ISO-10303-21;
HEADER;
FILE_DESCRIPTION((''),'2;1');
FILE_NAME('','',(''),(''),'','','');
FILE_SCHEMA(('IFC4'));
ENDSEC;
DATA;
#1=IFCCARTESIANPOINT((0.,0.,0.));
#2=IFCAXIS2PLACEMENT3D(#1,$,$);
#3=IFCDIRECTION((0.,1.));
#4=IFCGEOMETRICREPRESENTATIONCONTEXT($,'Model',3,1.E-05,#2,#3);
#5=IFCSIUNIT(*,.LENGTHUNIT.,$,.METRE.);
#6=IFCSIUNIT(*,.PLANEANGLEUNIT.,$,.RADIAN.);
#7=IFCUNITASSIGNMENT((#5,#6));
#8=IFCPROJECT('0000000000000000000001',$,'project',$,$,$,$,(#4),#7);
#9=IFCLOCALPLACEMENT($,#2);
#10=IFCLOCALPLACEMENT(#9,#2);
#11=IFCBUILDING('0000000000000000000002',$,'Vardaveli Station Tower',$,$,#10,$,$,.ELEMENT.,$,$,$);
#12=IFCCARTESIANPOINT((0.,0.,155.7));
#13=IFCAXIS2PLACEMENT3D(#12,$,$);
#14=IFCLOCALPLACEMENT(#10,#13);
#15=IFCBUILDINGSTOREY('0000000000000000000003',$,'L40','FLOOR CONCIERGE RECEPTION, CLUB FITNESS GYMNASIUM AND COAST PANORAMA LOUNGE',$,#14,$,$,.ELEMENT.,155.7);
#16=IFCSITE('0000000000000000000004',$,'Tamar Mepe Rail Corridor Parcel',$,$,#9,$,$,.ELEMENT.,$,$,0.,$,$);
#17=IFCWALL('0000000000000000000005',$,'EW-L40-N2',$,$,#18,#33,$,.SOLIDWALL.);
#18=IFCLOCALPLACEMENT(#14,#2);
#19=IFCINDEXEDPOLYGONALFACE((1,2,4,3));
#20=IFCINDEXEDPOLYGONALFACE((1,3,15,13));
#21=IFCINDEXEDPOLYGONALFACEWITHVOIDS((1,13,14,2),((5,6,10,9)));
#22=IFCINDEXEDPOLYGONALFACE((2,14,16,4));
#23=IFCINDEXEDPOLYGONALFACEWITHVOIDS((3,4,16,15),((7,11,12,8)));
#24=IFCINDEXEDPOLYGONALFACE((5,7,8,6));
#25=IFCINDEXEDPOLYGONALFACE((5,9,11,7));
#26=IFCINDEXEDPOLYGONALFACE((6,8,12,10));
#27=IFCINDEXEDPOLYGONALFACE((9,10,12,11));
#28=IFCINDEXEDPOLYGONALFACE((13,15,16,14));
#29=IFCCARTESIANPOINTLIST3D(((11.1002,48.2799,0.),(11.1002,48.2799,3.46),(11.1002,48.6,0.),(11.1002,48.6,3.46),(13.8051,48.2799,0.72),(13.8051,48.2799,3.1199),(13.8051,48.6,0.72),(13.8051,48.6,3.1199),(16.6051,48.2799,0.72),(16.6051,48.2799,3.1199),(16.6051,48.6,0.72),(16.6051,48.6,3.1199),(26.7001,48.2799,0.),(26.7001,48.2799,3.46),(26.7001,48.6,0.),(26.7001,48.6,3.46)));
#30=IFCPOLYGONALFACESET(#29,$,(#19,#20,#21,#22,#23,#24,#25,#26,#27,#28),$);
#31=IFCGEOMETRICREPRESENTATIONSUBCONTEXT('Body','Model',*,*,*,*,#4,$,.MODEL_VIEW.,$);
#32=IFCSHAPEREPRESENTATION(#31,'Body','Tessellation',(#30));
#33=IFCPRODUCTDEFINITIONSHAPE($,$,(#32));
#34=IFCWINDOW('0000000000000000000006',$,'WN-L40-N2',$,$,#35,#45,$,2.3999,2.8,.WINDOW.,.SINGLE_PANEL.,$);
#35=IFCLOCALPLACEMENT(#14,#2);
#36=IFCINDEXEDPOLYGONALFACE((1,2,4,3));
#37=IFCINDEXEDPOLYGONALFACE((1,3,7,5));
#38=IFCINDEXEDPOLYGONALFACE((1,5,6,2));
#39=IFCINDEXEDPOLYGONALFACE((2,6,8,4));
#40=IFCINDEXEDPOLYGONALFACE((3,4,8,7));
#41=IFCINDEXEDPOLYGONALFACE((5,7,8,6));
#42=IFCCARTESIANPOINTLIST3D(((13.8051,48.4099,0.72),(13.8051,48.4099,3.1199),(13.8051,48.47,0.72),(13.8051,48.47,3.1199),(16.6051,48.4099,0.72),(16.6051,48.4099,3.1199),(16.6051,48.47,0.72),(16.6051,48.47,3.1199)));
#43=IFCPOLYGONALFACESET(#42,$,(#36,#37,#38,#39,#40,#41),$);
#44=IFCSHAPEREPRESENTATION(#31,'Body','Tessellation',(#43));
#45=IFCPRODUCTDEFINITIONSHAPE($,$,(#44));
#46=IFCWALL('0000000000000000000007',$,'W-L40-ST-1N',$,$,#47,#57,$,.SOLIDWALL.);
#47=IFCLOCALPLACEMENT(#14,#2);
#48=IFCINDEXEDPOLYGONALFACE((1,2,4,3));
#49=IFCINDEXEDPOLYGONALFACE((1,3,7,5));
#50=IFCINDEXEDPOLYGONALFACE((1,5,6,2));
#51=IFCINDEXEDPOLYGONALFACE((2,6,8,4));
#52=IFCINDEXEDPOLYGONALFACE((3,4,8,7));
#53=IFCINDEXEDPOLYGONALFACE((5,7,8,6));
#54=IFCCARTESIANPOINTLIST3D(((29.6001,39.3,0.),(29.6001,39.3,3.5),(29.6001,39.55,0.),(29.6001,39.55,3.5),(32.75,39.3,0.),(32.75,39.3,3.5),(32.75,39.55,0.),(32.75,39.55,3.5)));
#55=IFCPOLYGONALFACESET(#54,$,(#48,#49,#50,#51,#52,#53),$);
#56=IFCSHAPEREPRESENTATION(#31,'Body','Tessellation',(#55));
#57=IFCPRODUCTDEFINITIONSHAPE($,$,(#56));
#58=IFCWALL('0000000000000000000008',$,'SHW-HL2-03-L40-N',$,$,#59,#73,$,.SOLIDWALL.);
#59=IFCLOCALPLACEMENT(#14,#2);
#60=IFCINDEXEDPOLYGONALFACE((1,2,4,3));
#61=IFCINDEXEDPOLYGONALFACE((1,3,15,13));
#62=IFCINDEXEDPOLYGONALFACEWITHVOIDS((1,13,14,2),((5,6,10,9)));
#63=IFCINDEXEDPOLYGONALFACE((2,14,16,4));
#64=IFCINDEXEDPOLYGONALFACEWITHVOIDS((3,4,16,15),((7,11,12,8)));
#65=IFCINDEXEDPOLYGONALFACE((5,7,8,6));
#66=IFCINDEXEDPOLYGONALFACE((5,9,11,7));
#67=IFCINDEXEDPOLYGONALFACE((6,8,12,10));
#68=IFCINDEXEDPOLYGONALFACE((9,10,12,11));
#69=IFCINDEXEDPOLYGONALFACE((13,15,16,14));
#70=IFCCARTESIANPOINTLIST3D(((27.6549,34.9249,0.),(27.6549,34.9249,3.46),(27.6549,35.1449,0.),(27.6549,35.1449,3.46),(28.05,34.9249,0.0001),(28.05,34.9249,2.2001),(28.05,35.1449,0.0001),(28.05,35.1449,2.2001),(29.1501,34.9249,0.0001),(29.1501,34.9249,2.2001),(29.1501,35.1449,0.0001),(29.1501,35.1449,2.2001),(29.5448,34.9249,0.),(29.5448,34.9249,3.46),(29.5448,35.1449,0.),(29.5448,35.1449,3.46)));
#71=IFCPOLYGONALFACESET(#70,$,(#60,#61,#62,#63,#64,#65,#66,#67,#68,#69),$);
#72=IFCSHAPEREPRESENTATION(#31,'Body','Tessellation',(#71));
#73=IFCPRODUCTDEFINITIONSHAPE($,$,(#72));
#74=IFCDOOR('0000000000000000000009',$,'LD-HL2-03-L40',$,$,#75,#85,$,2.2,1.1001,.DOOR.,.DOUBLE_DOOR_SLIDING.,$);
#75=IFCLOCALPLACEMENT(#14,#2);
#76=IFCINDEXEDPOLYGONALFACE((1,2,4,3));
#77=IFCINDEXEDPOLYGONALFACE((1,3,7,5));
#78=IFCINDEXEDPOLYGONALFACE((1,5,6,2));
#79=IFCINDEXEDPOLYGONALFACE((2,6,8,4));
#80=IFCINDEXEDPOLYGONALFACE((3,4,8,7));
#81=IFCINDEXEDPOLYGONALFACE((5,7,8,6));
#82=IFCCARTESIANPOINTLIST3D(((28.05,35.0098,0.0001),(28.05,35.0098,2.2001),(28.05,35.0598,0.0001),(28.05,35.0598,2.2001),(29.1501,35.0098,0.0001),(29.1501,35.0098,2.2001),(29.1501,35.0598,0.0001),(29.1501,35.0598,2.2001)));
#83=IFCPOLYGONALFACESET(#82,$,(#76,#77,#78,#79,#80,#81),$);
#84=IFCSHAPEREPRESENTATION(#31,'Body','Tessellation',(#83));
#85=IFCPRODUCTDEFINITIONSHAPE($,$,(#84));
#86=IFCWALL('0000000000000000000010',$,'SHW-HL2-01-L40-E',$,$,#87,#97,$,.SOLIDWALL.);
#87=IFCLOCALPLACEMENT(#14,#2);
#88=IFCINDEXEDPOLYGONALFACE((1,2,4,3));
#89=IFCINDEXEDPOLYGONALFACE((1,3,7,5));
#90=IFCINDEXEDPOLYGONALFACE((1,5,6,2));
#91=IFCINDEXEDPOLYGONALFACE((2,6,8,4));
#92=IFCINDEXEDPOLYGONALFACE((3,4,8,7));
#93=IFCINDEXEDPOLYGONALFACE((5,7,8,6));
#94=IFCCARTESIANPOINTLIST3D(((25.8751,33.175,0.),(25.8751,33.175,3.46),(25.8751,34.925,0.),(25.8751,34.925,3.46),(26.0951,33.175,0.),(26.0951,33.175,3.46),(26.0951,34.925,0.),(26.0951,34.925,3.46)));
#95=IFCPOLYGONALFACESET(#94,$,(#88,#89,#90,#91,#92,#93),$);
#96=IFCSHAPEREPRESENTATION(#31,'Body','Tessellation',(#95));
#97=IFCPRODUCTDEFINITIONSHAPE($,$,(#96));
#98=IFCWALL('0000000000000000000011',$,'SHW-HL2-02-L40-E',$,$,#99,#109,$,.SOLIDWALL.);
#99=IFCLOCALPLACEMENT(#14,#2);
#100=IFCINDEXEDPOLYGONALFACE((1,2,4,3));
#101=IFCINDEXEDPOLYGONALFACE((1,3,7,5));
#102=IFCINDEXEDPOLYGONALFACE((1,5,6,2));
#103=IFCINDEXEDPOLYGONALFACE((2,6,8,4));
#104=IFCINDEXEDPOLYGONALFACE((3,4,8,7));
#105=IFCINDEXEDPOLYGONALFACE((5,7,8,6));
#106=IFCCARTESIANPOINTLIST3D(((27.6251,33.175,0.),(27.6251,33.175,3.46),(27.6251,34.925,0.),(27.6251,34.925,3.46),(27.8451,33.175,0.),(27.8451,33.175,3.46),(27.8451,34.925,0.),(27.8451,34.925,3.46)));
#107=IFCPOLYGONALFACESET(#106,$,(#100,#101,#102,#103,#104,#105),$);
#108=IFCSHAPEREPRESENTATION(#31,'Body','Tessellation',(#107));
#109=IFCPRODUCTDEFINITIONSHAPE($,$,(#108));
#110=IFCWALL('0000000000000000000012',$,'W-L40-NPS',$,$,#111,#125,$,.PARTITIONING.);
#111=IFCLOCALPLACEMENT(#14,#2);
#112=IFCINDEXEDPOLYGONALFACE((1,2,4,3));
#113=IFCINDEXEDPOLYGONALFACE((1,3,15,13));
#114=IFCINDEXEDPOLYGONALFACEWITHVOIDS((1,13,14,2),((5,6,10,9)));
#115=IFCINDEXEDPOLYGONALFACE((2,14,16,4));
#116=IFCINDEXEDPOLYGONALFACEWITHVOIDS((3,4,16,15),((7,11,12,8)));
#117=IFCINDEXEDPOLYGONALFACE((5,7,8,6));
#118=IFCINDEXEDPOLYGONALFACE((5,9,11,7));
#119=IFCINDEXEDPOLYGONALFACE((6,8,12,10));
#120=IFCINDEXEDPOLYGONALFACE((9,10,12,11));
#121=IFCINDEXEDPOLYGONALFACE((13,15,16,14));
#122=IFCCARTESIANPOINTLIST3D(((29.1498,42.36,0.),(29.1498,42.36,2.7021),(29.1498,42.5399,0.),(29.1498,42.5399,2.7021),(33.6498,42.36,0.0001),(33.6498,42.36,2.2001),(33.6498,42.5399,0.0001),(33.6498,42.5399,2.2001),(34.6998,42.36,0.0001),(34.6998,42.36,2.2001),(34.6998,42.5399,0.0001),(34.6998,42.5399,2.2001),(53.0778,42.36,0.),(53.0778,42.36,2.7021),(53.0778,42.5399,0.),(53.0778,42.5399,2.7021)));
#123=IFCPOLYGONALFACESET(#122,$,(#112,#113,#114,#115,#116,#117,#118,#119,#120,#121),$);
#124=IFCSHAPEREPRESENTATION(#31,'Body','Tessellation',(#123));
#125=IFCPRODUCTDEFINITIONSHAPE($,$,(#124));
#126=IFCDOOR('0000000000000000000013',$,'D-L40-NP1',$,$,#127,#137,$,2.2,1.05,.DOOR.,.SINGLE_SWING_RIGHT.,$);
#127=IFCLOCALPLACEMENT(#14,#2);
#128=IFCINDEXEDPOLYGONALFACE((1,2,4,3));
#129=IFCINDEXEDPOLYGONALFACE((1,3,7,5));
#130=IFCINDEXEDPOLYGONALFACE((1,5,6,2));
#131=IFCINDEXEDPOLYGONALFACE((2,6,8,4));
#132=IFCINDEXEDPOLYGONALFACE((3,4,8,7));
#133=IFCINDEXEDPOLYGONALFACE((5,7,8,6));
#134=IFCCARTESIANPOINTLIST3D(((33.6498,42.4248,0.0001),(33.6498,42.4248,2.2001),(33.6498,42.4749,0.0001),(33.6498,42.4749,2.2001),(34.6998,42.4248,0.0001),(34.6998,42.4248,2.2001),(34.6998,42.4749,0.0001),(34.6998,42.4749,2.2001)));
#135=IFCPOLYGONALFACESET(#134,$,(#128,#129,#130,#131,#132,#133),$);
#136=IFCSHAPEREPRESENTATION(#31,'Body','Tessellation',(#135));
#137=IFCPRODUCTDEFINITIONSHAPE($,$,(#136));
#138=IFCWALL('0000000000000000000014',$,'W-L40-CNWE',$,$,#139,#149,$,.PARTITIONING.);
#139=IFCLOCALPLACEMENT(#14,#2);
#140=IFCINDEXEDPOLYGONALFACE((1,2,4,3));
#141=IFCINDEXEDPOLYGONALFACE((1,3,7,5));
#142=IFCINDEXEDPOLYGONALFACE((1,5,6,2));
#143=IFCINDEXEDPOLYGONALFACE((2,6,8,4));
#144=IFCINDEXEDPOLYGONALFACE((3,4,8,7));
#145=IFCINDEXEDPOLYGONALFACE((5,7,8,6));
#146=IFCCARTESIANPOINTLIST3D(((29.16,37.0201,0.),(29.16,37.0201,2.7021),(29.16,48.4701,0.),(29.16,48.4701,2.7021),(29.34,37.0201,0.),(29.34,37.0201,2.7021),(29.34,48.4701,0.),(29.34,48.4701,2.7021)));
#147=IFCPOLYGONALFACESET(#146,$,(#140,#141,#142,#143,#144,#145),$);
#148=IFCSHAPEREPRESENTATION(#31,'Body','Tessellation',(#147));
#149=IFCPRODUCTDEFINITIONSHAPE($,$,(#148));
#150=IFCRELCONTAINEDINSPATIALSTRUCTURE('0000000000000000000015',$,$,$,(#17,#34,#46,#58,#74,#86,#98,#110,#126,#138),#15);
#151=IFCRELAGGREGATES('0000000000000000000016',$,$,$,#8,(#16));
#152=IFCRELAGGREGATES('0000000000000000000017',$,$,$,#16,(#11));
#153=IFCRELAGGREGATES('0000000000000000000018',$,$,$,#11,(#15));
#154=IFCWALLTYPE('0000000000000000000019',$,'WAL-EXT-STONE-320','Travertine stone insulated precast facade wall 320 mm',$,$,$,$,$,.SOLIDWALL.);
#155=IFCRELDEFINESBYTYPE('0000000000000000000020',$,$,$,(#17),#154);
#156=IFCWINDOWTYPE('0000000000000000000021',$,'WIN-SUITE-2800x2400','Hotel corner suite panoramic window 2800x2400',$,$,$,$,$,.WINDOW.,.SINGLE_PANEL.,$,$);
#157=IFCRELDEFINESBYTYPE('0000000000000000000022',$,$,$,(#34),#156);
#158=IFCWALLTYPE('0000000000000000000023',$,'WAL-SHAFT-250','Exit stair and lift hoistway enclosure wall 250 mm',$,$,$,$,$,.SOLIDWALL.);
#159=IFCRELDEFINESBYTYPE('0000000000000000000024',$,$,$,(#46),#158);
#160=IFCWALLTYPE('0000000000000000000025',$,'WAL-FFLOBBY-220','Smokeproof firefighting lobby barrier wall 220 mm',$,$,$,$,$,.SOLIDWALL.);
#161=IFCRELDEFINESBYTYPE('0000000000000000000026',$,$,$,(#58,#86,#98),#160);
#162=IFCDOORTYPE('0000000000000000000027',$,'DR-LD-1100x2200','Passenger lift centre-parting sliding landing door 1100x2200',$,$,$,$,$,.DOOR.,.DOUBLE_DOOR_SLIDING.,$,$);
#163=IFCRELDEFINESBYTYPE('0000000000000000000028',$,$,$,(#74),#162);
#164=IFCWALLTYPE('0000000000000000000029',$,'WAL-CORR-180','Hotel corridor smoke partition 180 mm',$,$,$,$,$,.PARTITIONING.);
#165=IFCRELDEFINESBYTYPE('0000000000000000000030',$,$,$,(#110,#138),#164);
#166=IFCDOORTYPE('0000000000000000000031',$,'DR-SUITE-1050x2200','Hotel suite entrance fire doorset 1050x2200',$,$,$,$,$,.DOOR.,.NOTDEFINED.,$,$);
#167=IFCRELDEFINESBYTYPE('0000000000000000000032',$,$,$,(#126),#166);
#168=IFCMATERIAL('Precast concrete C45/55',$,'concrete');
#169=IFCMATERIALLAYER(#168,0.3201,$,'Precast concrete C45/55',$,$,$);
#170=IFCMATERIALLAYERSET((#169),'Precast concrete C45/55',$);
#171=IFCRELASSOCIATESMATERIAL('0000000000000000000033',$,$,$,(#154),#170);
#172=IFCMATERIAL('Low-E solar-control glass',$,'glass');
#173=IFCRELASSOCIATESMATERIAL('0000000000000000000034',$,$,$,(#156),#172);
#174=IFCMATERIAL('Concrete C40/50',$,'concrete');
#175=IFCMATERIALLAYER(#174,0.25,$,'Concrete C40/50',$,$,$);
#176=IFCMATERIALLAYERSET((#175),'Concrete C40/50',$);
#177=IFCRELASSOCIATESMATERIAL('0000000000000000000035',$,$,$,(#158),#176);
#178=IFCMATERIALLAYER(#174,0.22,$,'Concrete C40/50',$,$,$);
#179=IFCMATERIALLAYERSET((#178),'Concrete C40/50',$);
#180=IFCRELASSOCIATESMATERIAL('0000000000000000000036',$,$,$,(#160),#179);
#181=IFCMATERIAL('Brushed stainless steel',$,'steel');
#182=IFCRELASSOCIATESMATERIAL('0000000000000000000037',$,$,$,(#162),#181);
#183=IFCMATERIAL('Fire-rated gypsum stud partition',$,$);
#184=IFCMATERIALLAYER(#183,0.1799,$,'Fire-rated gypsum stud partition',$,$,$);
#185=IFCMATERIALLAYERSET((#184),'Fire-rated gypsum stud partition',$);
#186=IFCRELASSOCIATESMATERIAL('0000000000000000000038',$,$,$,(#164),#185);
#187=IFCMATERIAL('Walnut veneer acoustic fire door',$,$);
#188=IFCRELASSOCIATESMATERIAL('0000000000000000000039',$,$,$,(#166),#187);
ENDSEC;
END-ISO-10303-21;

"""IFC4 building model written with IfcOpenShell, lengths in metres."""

from ifc_helpers import new_model, si_unit, direction, frame, frame_2d, origin, place, context, subcontext, project, spatial, rectangle, extrude, source, transform, mapped, material, layer, layer_set, type_object, element, fill, save


model = new_model("IFC4")

# Units and contexts
model_context = context("Model", 3, precision=1e-05, world=origin(), true_north=direction((0.0, 1.0)))
body_context = subcontext(model_context, "Body", "Model", "MODEL_VIEW")
ifc_project = project(units=[si_unit("LENGTHUNIT", "METRE"), si_unit("PLANEANGLEUNIT", "RADIAN")], contexts=[model_context])

# Site, building, storey
site_placement = place(None, origin())
site = spatial("IfcSite", under=ifc_project, at=site_placement, Name="Tamar Mepe Rail Corridor Parcel", CompositionType="ELEMENT", RefElevation=0.0)
building_placement = place(site_placement, origin())
building = spatial("IfcBuilding", under=site, at=building_placement, Name="Vardaveli Station Tower", CompositionType="ELEMENT")
storey_placement = place(building_placement, frame((0.0, 0.0, 155.7)))
storey = spatial("IfcBuildingStorey", under=building, at=storey_placement, Name="L40", Description="FLOOR CONCIERGE RECEPTION, CLUB FITNESS GYMNASIUM AND COAST PANORAMA LOUNGE", CompositionType="ELEMENT", Elevation=155.7)

# Shared definitions
ifc_material_1 = material(Name="Precast concrete C45/55", Category="concrete")

# Wall, opening, window
ifc_layer_1 = layer(ifc_material_1, 0.3201, Name="Precast concrete C45/55")
ifc_layer_set_1 = layer_set([ifc_layer_1], Name="Precast concrete C45/55")
wall_type_1 = type_object("IfcWallType", Name="WAL-EXT-STONE-320", Description="Travertine stone insulated precast facade wall 320 mm", PredefinedType="SOLIDWALL", material=ifc_layer_set_1)
shared_shape_1 = source(origin(), body_context, "Body", "SweptSolid", [
    extrude(rectangle(XDim=15.5999, YDim=0.3201, at=frame_2d((7.7998, 0.0))), origin(), (0.0, 0.0, 1.0), 3.46),
])
wall_1_placement = place(storey_placement, frame((26.7, 48.4399, 0.0), z_axis=(0.0, 0.0, 1.0), x_axis=(-1.0, 0.0, 0.0)))
wall_1 = element("IfcWall", 1, at=wall_1_placement, inside=storey, type_object=wall_type_1, Name="EW-L40-N2", PredefinedType="SOLIDWALL", context=body_context, shape_type="MappedRepresentation", body=[
    mapped(shared_shape_1, transform((0.0, 0.0, 0.0), scale=1.0)),
])
shared_shape_2 = source(origin(), body_context, "Body", "SweptSolid", [
    extrude(rectangle(XDim=2.8, YDim=2.3999, at=frame_2d((1.3999, 1.2))), frame((0.0, 0.1699, 0.0), z_axis=(0.0, -1.0, 0.0), x_axis=(1.0, 0.0, 0.0)), (0.0, 0.0, 1.0), 0.3401),
])
opening_1_placement = place(wall_1_placement, frame((10.095, 0.0, 0.72)))
opening_1 = element("IfcOpeningElement", 2, at=opening_1_placement, cuts=wall_1, PredefinedType="OPENING", context=body_context, shape_type="MappedRepresentation", body=[
    mapped(shared_shape_2, transform((0.0, 0.0, 0.0), scale=1.0)),
])
ifc_material_2 = material(Name="Low-E solar-control glass", Category="glass")
window_type = type_object("IfcWindowType", Name="WIN-SUITE-2800x2400", Description="Hotel corner suite panoramic window 2800x2400", PartitioningType="SINGLE_PANEL", PredefinedType="WINDOW", material=ifc_material_2)
shared_shape_3 = source(origin(), body_context, "Body", "SweptSolid", [
    extrude(rectangle(XDim=2.8, YDim=2.3999, at=frame_2d((1.3999, 1.2))), frame((0.0, 0.03, 0.0), z_axis=(0.0, -1.0, 0.0), x_axis=(1.0, 0.0, 0.0)), (0.0, 0.0, 1.0), 0.0601),
])
window_placement = place(opening_1_placement, origin())
window = element("IfcWindow", 3, at=window_placement, inside=storey, type_object=window_type, Name="WN-L40-N2", OverallHeight=2.3999, OverallWidth=2.8, PartitioningType="SINGLE_PANEL", PredefinedType="WINDOW", context=body_context, shape_type="MappedRepresentation", body=[
    mapped(shared_shape_3, transform((0.0, 0.0, 0.0), scale=1.0)),
])
fill(opening_1, window)

# Wall
ifc_material_3 = material(Name="Concrete C40/50", Category="concrete")
ifc_layer_2 = layer(ifc_material_3, 0.25, Name="Concrete C40/50")
ifc_layer_set_2 = layer_set([ifc_layer_2], Name="Concrete C40/50")
wall_type_2 = type_object("IfcWallType", Name="WAL-SHAFT-250", Description="Exit stair and lift hoistway enclosure wall 250 mm", PredefinedType="SOLIDWALL", material=ifc_layer_set_2)
shared_shape_4 = source(origin(), body_context, "Body", "SweptSolid", [
    extrude(rectangle(XDim=3.1499, YDim=0.25, at=frame_2d((1.575, 0.0))), origin(), (0.0, 0.0, 1.0), 3.5),
])
wall_2_placement = place(storey_placement, frame((29.6001, 39.425, 0.0), z_axis=(0.0, 0.0, 1.0), x_axis=(1.0, 0.0, 0.0)))
element("IfcWall", 4, at=wall_2_placement, inside=storey, type_object=wall_type_2, Name="W-L40-ST-1N", PredefinedType="SOLIDWALL", context=body_context, shape_type="MappedRepresentation", body=[
    mapped(shared_shape_4, transform((0.0, 0.0, 0.0), scale=1.0)),
])

# Wall, opening, door
ifc_layer_3 = layer(ifc_material_3, 0.22, Name="Concrete C40/50")
ifc_layer_set_3 = layer_set([ifc_layer_3], Name="Concrete C40/50")
wall_type_3 = type_object("IfcWallType", Name="WAL-FFLOBBY-220", Description="Smokeproof firefighting lobby barrier wall 220 mm", PredefinedType="SOLIDWALL", material=ifc_layer_set_3)
shared_shape_5 = source(origin(), body_context, "Body", "SweptSolid", [
    extrude(rectangle(XDim=1.8899, YDim=0.22, at=frame_2d((0.9448, 0.0))), origin(), (0.0, 0.0, 1.0), 3.46),
])
wall_3_placement = place(storey_placement, frame((27.655, 35.0349, 0.0), z_axis=(0.0, 0.0, 1.0), x_axis=(1.0, 0.0, 0.0)))
wall_3 = element("IfcWall", 5, at=wall_3_placement, inside=storey, type_object=wall_type_3, Name="SHW-HL2-03-L40-N", PredefinedType="SOLIDWALL", context=body_context, shape_type="MappedRepresentation", body=[
    mapped(shared_shape_5, transform((0.0, 0.0, 0.0), scale=1.0)),
])
shared_shape_6 = source(origin(), body_context, "Body", "SweptSolid", [
    extrude(rectangle(XDim=1.1001, YDim=2.2, at=frame_2d((0.55, 1.1001))), frame((0.0, 0.1201, 0.0), z_axis=(0.0, -1.0, 0.0), x_axis=(1.0, 0.0, 0.0)), (0.0, 0.0, 1.0), 0.24),
])
opening_2_placement = place(wall_3_placement, frame((0.395, 0.0, 0.0)))
opening_2 = element("IfcOpeningElement", 6, at=opening_2_placement, cuts=wall_3, PredefinedType="OPENING", context=body_context, shape_type="MappedRepresentation", body=[
    mapped(shared_shape_6, transform((0.0, 0.0, 0.0), scale=1.0)),
])
ifc_material_4 = material(Name="Brushed stainless steel", Category="steel")
door_type_1 = type_object("IfcDoorType", Name="DR-LD-1100x2200", Description="Passenger lift centre-parting sliding landing door 1100x2200", OperationType="DOUBLE_DOOR_SLIDING", PredefinedType="DOOR", material=ifc_material_4)
shared_shape_7 = source(origin(), body_context, "Body", "SweptSolid", [
    extrude(rectangle(XDim=1.1001, YDim=2.2, at=frame_2d((0.55, 1.1001))), frame((0.0, 0.0249, 0.0), z_axis=(0.0, -1.0, 0.0), x_axis=(1.0, 0.0, 0.0)), (0.0, 0.0, 1.0), 0.05),
])
door_1_placement = place(opening_2_placement, origin())
door_1 = element("IfcDoor", 7, at=door_1_placement, inside=storey, type_object=door_type_1, Name="LD-HL2-03-L40", OperationType="DOUBLE_DOOR_SLIDING", OverallHeight=2.2, OverallWidth=1.1001, PredefinedType="DOOR", context=body_context, shape_type="MappedRepresentation", body=[
    mapped(shared_shape_7, transform((0.0, 0.0, 0.0), scale=1.0)),
])
fill(opening_2, door_1)

# Walls
shared_shape_8 = source(origin(), body_context, "Body", "SweptSolid", [
    extrude(rectangle(XDim=1.75, YDim=0.22, at=frame_2d((0.875, 0.0))), origin(), (0.0, 0.0, 1.0), 3.46),
])
for number, where, z_axis, x_axis, name in (
    (8, (25.9851, 33.175, 0.0), (0.0, 0.0, 1.0), (0.0, 1.0, 0.0), "SHW-HL2-01-L40-E"),
    (9, (27.7351, 33.175, 0.0), (0.0, 0.0, 1.0), (0.0, 1.0, 0.0), "SHW-HL2-02-L40-E"),
):
    element("IfcWall", number, at=place(storey_placement, frame(where, z_axis=z_axis, x_axis=x_axis)), inside=storey, type_object=wall_type_3, Name=name, PredefinedType="SOLIDWALL", context=body_context, shape_type="MappedRepresentation", body=[
        mapped(shared_shape_8, transform((0.0, 0.0, 0.0), scale=1.0)),
    ])

# Wall, opening, door
ifc_material_5 = material(Name="Fire-rated gypsum stud partition")
ifc_layer_4 = layer(ifc_material_5, 0.1799, Name="Fire-rated gypsum stud partition")
ifc_layer_set_4 = layer_set([ifc_layer_4], Name="Fire-rated gypsum stud partition")
wall_type_4 = type_object("IfcWallType", Name="WAL-CORR-180", Description="Hotel corridor smoke partition 180 mm", PredefinedType="PARTITIONING", material=ifc_layer_set_4)
shared_shape_9 = source(origin(), body_context, "Body", "SweptSolid", [
    extrude(rectangle(XDim=23.928, YDim=0.1799, at=frame_2d((11.9639, 0.0))), origin(), (0.0, 0.0, 1.0), 2.7021),
])
wall_4_placement = place(storey_placement, frame((29.1499, 42.45, 0.0), z_axis=(0.0, 0.0, 1.0), x_axis=(1.0, 0.0, 0.0)))
wall_4 = element("IfcWall", 10, at=wall_4_placement, inside=storey, type_object=wall_type_4, Name="W-L40-NPS", PredefinedType="PARTITIONING", context=body_context, shape_type="MappedRepresentation", body=[
    mapped(shared_shape_9, transform((0.0, 0.0, 0.0), scale=1.0)),
])
shared_shape_10 = source(origin(), body_context, "Body", "SweptSolid", [
    extrude(rectangle(XDim=1.05, YDim=2.2, at=frame_2d((0.5249, 1.1001))), frame((0.0, 0.1001, 0.0), z_axis=(0.0, -1.0, 0.0), x_axis=(1.0, 0.0, 0.0)), (0.0, 0.0, 1.0), 0.2),
])
opening_3_placement = place(wall_4_placement, frame((4.5, 0.0, 0.0)))
opening_3 = element("IfcOpeningElement", 11, at=opening_3_placement, cuts=wall_4, PredefinedType="OPENING", context=body_context, shape_type="MappedRepresentation", body=[
    mapped(shared_shape_10, transform((0.0, 0.0, 0.0), scale=1.0)),
])
ifc_material_6 = material(Name="Walnut veneer acoustic fire door")
door_type_2 = type_object("IfcDoorType", Name="DR-SUITE-1050x2200", Description="Hotel suite entrance fire doorset 1050x2200", OperationType="NOTDEFINED", PredefinedType="DOOR", material=ifc_material_6)
shared_shape_11 = source(origin(), body_context, "Body", "SweptSolid", [
    extrude(rectangle(XDim=1.05, YDim=2.2, at=frame_2d((0.5249, 1.1001))), frame((0.0, 0.0249, 0.0), z_axis=(0.0, -1.0, 0.0), x_axis=(1.0, 0.0, 0.0)), (0.0, 0.0, 1.0), 0.05),
])
door_2_placement = place(opening_3_placement, origin())
door_2 = element("IfcDoor", 12, at=door_2_placement, inside=storey, type_object=door_type_2, Name="D-L40-NP1", OperationType="SINGLE_SWING_RIGHT", OverallHeight=2.2, OverallWidth=1.05, PredefinedType="DOOR", context=body_context, shape_type="MappedRepresentation", body=[
    mapped(shared_shape_11, transform((0.0, 0.0, 0.0), scale=1.0)),
])
fill(opening_3, door_2)

# Wall
shared_shape_12 = source(origin(), body_context, "Body", "SweptSolid", [
    extrude(rectangle(XDim=11.45, YDim=0.1799, at=frame_2d((5.7251, 0.0))), origin(), (0.0, 0.0, 1.0), 2.7021),
])
wall_5_placement = place(storey_placement, frame((29.25, 37.02, 0.0), z_axis=(0.0, 0.0, 1.0), x_axis=(0.0, 1.0, 0.0)))
element("IfcWall", 13, at=wall_5_placement, inside=storey, type_object=wall_type_4, Name="W-L40-CNWE", PredefinedType="PARTITIONING", context=body_context, shape_type="MappedRepresentation", body=[
    mapped(shared_shape_12, transform((0.0, 0.0, 0.0), scale=1.0)),
])

save(model, "model.ifc")
